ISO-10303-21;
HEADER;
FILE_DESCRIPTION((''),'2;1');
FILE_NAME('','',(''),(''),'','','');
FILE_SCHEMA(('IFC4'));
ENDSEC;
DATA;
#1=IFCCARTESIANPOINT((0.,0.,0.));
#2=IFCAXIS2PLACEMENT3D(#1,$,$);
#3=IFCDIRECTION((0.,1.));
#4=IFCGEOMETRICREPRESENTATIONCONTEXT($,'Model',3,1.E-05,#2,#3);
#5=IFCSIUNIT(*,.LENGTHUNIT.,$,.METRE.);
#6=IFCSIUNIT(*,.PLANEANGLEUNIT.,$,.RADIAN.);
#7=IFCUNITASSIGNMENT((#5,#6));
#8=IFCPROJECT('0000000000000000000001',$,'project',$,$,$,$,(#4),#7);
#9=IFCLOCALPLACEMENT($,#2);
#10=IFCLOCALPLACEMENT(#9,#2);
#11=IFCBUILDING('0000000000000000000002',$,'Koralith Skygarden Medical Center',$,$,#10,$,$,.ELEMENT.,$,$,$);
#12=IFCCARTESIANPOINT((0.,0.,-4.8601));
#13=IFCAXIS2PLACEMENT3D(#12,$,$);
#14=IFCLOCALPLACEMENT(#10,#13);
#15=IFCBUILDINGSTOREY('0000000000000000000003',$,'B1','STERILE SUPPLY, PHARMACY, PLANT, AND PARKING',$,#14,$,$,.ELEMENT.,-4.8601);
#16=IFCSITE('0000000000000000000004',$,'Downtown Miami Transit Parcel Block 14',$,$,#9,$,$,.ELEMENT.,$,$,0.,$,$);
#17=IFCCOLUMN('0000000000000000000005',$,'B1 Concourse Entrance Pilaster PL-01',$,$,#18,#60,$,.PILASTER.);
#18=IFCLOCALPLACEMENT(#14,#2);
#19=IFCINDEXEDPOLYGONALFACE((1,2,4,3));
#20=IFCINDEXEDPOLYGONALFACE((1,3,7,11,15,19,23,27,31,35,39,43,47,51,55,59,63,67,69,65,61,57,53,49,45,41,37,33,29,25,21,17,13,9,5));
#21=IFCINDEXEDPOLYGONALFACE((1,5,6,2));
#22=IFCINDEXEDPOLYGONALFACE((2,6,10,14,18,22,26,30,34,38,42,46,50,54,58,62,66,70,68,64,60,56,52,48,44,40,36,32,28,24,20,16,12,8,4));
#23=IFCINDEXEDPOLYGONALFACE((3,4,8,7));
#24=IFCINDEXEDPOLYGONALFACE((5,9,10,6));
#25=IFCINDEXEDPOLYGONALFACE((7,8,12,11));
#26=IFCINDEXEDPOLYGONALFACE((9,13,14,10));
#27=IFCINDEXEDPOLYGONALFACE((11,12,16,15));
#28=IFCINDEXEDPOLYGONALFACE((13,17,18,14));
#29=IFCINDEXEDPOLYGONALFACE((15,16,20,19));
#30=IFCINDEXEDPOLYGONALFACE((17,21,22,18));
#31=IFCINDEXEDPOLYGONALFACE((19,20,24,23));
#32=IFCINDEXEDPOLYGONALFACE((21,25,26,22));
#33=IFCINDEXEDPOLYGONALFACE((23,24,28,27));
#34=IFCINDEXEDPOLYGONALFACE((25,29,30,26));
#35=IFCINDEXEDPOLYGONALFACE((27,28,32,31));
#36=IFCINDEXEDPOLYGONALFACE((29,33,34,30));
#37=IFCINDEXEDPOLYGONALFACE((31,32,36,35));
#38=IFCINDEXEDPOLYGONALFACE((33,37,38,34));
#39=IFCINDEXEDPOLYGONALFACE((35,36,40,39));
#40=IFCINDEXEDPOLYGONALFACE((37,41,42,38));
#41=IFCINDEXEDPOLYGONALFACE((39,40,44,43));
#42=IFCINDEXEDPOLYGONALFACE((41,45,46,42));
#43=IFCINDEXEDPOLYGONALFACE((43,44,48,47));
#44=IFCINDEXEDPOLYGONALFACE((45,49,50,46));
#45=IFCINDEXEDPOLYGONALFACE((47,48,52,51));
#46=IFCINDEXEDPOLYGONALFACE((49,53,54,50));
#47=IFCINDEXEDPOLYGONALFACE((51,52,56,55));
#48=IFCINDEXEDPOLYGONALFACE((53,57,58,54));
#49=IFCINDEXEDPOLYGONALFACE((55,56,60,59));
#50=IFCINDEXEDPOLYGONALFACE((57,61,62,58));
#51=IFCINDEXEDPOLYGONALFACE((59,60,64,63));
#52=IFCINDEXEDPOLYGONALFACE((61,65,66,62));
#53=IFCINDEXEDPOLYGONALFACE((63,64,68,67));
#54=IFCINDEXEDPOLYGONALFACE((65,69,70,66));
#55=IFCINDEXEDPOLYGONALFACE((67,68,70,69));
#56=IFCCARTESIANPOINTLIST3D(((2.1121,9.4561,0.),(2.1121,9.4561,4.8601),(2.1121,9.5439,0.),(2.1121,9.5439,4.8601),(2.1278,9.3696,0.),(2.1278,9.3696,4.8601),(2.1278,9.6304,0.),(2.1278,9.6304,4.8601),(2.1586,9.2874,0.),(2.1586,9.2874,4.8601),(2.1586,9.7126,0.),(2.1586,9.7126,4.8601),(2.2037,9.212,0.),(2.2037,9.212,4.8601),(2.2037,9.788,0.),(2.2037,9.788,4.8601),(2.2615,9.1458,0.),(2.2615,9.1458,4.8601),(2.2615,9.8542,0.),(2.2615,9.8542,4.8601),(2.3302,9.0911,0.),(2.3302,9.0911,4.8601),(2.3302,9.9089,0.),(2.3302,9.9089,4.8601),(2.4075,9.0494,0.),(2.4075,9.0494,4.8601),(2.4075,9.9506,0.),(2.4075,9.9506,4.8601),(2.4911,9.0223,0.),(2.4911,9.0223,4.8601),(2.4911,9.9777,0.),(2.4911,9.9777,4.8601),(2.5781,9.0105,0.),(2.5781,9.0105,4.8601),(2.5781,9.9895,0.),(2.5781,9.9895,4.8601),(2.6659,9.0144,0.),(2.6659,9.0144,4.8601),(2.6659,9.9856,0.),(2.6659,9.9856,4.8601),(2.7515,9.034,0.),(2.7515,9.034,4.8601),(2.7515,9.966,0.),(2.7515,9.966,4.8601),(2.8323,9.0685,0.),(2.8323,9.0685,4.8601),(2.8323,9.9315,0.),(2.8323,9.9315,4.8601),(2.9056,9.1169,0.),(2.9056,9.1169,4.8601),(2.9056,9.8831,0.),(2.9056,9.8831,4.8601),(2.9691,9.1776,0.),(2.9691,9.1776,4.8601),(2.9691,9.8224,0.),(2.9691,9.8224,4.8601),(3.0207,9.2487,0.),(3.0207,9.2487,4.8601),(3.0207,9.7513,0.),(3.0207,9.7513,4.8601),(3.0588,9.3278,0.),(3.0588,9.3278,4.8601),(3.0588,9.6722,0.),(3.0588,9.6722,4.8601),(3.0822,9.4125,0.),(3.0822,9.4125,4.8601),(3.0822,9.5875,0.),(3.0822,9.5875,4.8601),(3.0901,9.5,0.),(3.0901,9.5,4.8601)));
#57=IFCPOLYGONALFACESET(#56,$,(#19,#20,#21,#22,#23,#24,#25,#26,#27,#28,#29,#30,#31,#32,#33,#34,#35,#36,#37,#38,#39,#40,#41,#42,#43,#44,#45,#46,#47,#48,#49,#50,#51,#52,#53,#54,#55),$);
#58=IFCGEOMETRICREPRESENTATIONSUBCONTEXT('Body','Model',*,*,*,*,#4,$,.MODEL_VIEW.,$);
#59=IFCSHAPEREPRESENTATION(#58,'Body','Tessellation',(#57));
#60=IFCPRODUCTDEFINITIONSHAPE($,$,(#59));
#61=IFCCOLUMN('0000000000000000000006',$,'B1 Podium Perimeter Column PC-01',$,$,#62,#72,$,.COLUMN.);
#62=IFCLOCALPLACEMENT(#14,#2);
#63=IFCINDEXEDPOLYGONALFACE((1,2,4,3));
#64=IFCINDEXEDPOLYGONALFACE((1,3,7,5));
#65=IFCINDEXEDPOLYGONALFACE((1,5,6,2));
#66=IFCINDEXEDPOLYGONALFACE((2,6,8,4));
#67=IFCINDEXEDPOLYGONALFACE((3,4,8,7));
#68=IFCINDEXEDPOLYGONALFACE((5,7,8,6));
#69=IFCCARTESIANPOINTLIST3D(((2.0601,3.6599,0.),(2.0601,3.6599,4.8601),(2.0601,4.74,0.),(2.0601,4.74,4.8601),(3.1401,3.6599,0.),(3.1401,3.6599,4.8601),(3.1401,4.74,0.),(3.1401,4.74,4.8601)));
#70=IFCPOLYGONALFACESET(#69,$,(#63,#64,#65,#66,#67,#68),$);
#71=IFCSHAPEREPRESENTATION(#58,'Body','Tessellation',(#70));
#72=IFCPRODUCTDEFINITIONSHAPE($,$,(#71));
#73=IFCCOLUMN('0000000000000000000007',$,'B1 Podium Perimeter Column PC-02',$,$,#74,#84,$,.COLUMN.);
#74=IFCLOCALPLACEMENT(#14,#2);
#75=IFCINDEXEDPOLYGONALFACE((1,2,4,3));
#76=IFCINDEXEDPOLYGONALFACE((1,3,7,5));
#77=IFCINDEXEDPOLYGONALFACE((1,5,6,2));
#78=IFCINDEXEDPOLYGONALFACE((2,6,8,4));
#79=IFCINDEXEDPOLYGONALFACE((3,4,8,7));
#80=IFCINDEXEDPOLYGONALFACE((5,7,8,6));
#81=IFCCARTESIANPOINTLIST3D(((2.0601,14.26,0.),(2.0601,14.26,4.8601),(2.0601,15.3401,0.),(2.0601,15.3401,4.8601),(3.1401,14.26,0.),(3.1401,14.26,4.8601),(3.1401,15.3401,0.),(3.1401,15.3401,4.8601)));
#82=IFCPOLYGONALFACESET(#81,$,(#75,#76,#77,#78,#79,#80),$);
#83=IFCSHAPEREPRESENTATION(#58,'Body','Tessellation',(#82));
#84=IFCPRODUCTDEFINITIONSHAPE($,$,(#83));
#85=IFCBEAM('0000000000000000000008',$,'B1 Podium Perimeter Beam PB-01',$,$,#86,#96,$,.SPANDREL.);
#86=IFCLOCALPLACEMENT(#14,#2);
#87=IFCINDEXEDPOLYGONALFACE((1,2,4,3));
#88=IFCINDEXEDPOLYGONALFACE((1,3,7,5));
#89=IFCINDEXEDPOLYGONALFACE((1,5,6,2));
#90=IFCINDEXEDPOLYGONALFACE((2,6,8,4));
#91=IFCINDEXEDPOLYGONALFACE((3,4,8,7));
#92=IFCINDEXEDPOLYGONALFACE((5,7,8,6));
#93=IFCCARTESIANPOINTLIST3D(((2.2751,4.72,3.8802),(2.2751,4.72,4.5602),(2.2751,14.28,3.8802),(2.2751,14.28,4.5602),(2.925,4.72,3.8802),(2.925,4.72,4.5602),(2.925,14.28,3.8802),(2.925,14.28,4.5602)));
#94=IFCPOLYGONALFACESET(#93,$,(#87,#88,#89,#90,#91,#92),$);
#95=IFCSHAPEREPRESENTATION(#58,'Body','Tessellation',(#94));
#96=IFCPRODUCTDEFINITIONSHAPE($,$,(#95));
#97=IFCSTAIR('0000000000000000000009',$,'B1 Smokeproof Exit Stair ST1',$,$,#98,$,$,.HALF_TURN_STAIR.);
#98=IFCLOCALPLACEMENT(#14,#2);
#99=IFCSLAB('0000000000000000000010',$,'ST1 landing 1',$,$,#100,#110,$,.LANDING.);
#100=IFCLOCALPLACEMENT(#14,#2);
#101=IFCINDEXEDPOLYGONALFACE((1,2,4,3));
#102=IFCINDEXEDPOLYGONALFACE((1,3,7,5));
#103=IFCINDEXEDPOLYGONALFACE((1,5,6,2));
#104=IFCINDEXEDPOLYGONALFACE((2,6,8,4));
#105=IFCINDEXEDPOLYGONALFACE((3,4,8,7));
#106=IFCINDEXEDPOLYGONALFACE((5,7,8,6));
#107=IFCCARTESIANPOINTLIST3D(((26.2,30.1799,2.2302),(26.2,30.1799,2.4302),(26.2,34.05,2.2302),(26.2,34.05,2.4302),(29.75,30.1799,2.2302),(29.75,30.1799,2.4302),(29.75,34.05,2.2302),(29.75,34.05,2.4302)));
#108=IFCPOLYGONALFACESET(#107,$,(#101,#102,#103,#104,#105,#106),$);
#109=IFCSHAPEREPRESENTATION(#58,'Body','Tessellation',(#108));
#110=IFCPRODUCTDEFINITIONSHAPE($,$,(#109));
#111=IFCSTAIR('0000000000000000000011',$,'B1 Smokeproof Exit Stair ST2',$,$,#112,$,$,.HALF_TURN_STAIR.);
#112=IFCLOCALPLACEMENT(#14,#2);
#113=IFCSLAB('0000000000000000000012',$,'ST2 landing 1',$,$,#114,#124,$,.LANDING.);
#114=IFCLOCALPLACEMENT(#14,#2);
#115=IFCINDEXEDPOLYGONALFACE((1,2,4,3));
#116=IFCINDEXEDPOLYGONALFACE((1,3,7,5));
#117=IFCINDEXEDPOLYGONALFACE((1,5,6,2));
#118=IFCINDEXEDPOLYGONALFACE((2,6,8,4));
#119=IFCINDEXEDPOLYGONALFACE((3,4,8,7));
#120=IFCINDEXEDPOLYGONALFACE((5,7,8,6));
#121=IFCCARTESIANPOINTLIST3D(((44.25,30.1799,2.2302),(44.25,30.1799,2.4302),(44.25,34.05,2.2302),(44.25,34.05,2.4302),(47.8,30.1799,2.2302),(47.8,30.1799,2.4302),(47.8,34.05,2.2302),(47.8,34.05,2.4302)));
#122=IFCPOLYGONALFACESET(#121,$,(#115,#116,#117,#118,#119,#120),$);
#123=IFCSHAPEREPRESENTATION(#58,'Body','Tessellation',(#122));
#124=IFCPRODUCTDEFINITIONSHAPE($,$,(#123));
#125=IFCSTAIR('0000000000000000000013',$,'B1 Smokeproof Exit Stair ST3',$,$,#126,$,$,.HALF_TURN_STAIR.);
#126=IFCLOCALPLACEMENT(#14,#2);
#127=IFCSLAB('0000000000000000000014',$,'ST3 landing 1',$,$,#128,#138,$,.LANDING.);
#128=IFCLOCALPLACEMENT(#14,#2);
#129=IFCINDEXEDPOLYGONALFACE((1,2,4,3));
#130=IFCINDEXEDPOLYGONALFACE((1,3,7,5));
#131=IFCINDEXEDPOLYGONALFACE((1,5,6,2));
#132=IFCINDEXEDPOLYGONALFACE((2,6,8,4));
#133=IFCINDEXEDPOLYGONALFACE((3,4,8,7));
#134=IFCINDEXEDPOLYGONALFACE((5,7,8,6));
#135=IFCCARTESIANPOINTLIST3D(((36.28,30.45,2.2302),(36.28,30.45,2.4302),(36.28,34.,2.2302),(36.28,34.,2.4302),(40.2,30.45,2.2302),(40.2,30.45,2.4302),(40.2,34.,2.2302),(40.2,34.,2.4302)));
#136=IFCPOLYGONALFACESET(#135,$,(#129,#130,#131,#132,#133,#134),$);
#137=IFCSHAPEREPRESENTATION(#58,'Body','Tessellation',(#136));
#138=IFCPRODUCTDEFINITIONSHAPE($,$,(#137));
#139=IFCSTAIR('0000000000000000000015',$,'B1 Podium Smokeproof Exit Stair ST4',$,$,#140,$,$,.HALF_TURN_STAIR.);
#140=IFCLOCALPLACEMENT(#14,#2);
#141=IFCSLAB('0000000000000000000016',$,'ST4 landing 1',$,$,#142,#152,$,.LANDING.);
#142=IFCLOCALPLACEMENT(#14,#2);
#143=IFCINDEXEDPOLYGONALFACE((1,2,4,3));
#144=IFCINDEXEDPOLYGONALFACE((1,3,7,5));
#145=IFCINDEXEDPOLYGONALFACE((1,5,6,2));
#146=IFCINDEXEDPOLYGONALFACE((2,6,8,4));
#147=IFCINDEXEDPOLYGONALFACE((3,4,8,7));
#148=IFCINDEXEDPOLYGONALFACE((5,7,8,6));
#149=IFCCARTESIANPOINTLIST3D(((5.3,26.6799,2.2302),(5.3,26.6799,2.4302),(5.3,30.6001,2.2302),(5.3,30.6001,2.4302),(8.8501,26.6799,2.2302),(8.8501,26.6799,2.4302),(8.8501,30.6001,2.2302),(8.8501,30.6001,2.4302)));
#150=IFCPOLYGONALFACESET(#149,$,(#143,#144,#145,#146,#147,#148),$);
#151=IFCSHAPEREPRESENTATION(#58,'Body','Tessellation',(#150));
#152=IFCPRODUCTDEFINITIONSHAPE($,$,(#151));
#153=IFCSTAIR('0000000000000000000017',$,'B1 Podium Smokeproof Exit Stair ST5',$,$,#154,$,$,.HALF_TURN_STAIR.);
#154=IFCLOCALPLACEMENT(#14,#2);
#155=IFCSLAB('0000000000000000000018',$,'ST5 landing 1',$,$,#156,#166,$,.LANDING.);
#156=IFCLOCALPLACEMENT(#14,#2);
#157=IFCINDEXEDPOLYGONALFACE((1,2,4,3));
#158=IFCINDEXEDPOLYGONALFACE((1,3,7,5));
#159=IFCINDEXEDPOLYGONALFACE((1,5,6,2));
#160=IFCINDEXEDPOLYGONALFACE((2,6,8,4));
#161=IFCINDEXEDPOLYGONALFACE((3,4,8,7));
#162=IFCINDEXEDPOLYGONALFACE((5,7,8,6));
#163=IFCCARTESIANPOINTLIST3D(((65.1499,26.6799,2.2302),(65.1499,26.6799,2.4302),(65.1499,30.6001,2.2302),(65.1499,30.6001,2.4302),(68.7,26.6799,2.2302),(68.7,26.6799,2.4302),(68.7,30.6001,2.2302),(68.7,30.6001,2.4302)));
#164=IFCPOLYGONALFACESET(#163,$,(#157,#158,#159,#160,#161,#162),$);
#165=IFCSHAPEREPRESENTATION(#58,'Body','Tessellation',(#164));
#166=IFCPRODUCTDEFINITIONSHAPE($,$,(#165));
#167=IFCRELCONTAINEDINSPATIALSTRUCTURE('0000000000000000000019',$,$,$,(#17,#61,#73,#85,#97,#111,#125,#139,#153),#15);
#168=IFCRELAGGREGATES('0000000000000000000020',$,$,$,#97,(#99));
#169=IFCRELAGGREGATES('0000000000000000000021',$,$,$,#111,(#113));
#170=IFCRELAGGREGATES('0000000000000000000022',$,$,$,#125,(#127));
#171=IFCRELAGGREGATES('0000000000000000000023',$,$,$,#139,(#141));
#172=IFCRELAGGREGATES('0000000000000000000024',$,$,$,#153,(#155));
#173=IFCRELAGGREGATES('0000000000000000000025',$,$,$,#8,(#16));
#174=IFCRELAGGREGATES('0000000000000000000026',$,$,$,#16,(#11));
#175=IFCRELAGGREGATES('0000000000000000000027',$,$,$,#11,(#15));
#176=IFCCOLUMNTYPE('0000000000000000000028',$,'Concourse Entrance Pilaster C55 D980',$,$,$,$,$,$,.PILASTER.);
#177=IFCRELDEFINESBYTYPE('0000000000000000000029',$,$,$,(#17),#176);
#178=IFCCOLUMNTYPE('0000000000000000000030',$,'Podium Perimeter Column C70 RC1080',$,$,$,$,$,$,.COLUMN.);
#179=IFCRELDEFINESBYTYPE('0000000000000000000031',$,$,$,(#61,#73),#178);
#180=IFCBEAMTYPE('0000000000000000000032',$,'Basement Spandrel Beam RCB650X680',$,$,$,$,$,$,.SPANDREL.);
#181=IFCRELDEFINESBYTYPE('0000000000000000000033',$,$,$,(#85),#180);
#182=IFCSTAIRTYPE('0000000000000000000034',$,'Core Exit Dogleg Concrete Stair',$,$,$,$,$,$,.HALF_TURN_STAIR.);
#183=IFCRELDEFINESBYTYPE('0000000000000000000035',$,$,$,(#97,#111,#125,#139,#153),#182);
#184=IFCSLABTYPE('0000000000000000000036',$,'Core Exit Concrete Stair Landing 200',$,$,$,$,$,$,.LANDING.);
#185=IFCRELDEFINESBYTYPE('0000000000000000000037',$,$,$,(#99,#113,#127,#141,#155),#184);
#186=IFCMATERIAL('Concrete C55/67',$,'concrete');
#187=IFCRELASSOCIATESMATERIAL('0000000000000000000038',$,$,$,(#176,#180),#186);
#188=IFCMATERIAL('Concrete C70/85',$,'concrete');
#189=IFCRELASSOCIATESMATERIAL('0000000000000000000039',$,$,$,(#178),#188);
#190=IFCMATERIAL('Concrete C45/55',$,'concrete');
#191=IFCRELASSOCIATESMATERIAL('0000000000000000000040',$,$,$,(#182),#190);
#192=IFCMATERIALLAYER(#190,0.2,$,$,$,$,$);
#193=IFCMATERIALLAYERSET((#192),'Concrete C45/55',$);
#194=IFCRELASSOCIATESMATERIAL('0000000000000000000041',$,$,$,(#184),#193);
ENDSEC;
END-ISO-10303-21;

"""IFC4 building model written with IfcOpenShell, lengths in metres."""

from ifc_helpers import new_model, si_unit, direction, frame, origin, origin_2d, place, context, subcontext, project, spatial, polyline, rectangle, circle, outline, extrude, material, layer, layer_set, material_profile, profile_set, type_object, element, aggregate, save


model = new_model("IFC4")

# Units and contexts
model_context = context("Model", 3, precision=1e-05, world=origin(), true_north=direction((0.0, 1.0)))
body_context = subcontext(model_context, "Body", "Model", "MODEL_VIEW")
ifc_project = project(units=[si_unit("LENGTHUNIT", "METRE"), si_unit("PLANEANGLEUNIT", "RADIAN")], contexts=[model_context])

# Site, building, storey
site_placement = place(None, origin())
site = spatial("IfcSite", under=ifc_project, at=site_placement, Name="Downtown Miami Transit Parcel Block 14", CompositionType="ELEMENT", RefElevation=0.0)
building_placement = place(site_placement, origin())
building = spatial("IfcBuilding", under=site, at=building_placement, Name="Koralith Skygarden Medical Center", CompositionType="ELEMENT")
storey_placement = place(building_placement, frame((0.0, 0.0, -4.8601)))
storey = spatial("IfcBuildingStorey", under=building, at=storey_placement, Name="B1", Description="STERILE SUPPLY, PHARMACY, PLANT, AND PARKING", CompositionType="ELEMENT", Elevation=-4.8601)

# Columns
ifc_material_1 = material(Name="Concrete C55/67", Category="concrete")
ifc_material_profile_1 = material_profile(ifc_material_1, circle(Radius=0.49, at=origin_2d()), Name="RCCOL980")
ifc_profile_set_1 = profile_set([ifc_material_profile_1], Name="Concrete C55/67")
column_type_1 = type_object("IfcColumnType", Name="Concourse Entrance Pilaster C55 D980", PredefinedType="PILASTER", material=ifc_profile_set_1)
column_placement = place(storey_placement, frame((2.6001, 9.5, 0.0), z_axis=(0.0, 0.0, 1.0), x_axis=(1.0, 0.0, 0.0)))
element("IfcColumn", 1, at=column_placement, inside=storey, type_object=column_type_1, Name="B1 Concourse Entrance Pilaster PL-01", PredefinedType="PILASTER", context=body_context, shape_type="SweptSolid", body=[
    extrude(circle(Radius=0.49, at=origin_2d()), origin(), (0.0, 0.0, 1.0), 4.8601),
])
ifc_material_2 = material(Name="Concrete C70/85", Category="concrete")
ifc_material_profile_2 = material_profile(ifc_material_2, rectangle(XDim=1.0801, YDim=1.0801, at=origin_2d()), Name="RC1080X1080")
ifc_profile_set_2 = profile_set([ifc_material_profile_2], Name="Concrete C70/85")
column_type_2 = type_object("IfcColumnType", Name="Podium Perimeter Column C70 RC1080", PredefinedType="COLUMN", material=ifc_profile_set_2)
for number, where, z_axis, x_axis, name in (
    (2, (2.6001, 4.2, 0.0), (0.0, 0.0, 1.0), (1.0, 0.0, 0.0), "B1 Podium Perimeter Column PC-01"),
    (3, (2.6001, 14.8, 0.0), (0.0, 0.0, 1.0), (1.0, 0.0, 0.0), "B1 Podium Perimeter Column PC-02"),
):
    element("IfcColumn", number, at=place(storey_placement, frame(where, z_axis=z_axis, x_axis=x_axis)), inside=storey, type_object=column_type_2, Name=name, PredefinedType="COLUMN", context=body_context, shape_type="SweptSolid", body=[
        extrude(rectangle(XDim=1.0801, YDim=1.0801, at=origin_2d()), origin(), (0.0, 0.0, 1.0), 4.8601),
    ])

# Beam
ifc_material_profile_3 = material_profile(ifc_material_1, rectangle(XDim=0.6499, YDim=0.6799, at=origin_2d()), Name="RCB650X680")
ifc_profile_set_3 = profile_set([ifc_material_profile_3], Name="Concrete C55/67")
beam_type = type_object("IfcBeamType", Name="Basement Spandrel Beam RCB650X680", PredefinedType="SPANDREL", material=ifc_profile_set_3)
beam_placement = place(storey_placement, frame((2.6001, 14.28, 4.2202), z_axis=(0.0, -1.0, 0.0), x_axis=(1.0, 0.0, 0.0)))
element("IfcBeam", 4, at=beam_placement, inside=storey, type_object=beam_type, Name="B1 Podium Perimeter Beam PB-01", PredefinedType="SPANDREL", context=body_context, shape_type="SweptSolid", body=[
    extrude(rectangle(XDim=0.6499, YDim=0.6799, at=origin_2d()), origin(), (0.0, 0.0, 1.0), 9.5601),
])

# Stairs, slabs
ifc_material_3 = material(Name="Concrete C45/55", Category="concrete")
stair_type = type_object("IfcStairType", Name="Core Exit Dogleg Concrete Stair", PredefinedType="HALF_TURN_STAIR", material=ifc_material_3)
stair_1_placement = place(storey_placement, origin())
stair_1 = element("IfcStair", 5, at=stair_1_placement, inside=storey, type_object=stair_type, Name="B1 Smokeproof Exit Stair ST1", PredefinedType="HALF_TURN_STAIR")
ifc_layer_1 = layer(ifc_material_3, 0.2)
ifc_layer_set_1 = layer_set([ifc_layer_1], Name="Concrete C45/55")
slab_type_1 = type_object("IfcSlabType", Name="Core Exit Concrete Stair Landing 200", PredefinedType="LANDING", material=ifc_layer_set_1)
slab_1_placement = place(storey_placement, frame((0.0, 0.0, 2.2302)))
slab_1 = element("IfcSlab", 6, at=slab_1_placement, type_object=slab_type_1, Name="ST1 landing 1", PredefinedType="LANDING", context=body_context, shape_type="SweptSolid", body=[
    extrude(outline(polyline([(29.75, 30.1799), (29.75, 34.05), (26.2, 34.05), (26.2, 30.1799), (29.75, 30.1799)])), origin(), (0.0, 0.0, 1.0), 0.2),
])
aggregate(stair_1, [slab_1])
stair_2_placement = place(storey_placement, origin())
stair_2 = element("IfcStair", 7, at=stair_2_placement, inside=storey, type_object=stair_type, Name="B1 Smokeproof Exit Stair ST2", PredefinedType="HALF_TURN_STAIR")
slab_2_placement = place(storey_placement, frame((0.0, 0.0, 2.2302)))
slab_2 = element("IfcSlab", 8, at=slab_2_placement, type_object=slab_type_1, Name="ST2 landing 1", PredefinedType="LANDING", context=body_context, shape_type="SweptSolid", body=[
    extrude(outline(polyline([(47.8, 30.1799), (47.8, 34.05), (44.25, 34.05), (44.25, 30.1799), (47.8, 30.1799)])), origin(), (0.0, 0.0, 1.0), 0.2),
])
aggregate(stair_2, [slab_2])
stair_3_placement = place(storey_placement, origin())
stair_3 = element("IfcStair", 9, at=stair_3_placement, inside=storey, type_object=stair_type, Name="B1 Smokeproof Exit Stair ST3", PredefinedType="HALF_TURN_STAIR")
slab_3_placement = place(storey_placement, frame((0.0, 0.0, 2.2302)))
slab_3 = element("IfcSlab", 10, at=slab_3_placement, type_object=slab_type_1, Name="ST3 landing 1", PredefinedType="LANDING", context=body_context, shape_type="SweptSolid", body=[
    extrude(outline(polyline([(36.28, 30.45), (40.2, 30.45), (40.2, 34.0), (36.28, 34.0), (36.28, 30.45)])), origin(), (0.0, 0.0, 1.0), 0.2),
])
aggregate(stair_3, [slab_3])
stair_4_placement = place(storey_placement, origin())
stair_4 = element("IfcStair", 11, at=stair_4_placement, inside=storey, type_object=stair_type, Name="B1 Podium Smokeproof Exit Stair ST4", PredefinedType="HALF_TURN_STAIR")
slab_4_placement = place(storey_placement, frame((0.0, 0.0, 2.2302)))
slab_4 = element("IfcSlab", 12, at=slab_4_placement, type_object=slab_type_1, Name="ST4 landing 1", PredefinedType="LANDING", context=body_context, shape_type="SweptSolid", body=[
    extrude(outline(polyline([(8.8501, 26.6799), (8.8501, 30.6001), (5.3, 30.6001), (5.3, 26.6799), (8.8501, 26.6799)])), origin(), (0.0, 0.0, 1.0), 0.2),
])
aggregate(stair_4, [slab_4])
stair_5_placement = place(storey_placement, origin())
stair_5 = element("IfcStair", 13, at=stair_5_placement, inside=storey, type_object=stair_type, Name="B1 Podium Smokeproof Exit Stair ST5", PredefinedType="HALF_TURN_STAIR")
slab_5_placement = place(storey_placement, frame((0.0, 0.0, 2.2302)))
slab_5 = element("IfcSlab", 14, at=slab_5_placement, type_object=slab_type_1, Name="ST5 landing 1", PredefinedType="LANDING", context=body_context, shape_type="SweptSolid", body=[
    extrude(outline(polyline([(68.7, 26.6799), (68.7, 30.6001), (65.1499, 30.6001), (65.1499, 26.6799), (68.7, 26.6799)])), origin(), (0.0, 0.0, 1.0), 0.2),
])
aggregate(stair_5, [slab_5])

save(model, "model.ifc")
